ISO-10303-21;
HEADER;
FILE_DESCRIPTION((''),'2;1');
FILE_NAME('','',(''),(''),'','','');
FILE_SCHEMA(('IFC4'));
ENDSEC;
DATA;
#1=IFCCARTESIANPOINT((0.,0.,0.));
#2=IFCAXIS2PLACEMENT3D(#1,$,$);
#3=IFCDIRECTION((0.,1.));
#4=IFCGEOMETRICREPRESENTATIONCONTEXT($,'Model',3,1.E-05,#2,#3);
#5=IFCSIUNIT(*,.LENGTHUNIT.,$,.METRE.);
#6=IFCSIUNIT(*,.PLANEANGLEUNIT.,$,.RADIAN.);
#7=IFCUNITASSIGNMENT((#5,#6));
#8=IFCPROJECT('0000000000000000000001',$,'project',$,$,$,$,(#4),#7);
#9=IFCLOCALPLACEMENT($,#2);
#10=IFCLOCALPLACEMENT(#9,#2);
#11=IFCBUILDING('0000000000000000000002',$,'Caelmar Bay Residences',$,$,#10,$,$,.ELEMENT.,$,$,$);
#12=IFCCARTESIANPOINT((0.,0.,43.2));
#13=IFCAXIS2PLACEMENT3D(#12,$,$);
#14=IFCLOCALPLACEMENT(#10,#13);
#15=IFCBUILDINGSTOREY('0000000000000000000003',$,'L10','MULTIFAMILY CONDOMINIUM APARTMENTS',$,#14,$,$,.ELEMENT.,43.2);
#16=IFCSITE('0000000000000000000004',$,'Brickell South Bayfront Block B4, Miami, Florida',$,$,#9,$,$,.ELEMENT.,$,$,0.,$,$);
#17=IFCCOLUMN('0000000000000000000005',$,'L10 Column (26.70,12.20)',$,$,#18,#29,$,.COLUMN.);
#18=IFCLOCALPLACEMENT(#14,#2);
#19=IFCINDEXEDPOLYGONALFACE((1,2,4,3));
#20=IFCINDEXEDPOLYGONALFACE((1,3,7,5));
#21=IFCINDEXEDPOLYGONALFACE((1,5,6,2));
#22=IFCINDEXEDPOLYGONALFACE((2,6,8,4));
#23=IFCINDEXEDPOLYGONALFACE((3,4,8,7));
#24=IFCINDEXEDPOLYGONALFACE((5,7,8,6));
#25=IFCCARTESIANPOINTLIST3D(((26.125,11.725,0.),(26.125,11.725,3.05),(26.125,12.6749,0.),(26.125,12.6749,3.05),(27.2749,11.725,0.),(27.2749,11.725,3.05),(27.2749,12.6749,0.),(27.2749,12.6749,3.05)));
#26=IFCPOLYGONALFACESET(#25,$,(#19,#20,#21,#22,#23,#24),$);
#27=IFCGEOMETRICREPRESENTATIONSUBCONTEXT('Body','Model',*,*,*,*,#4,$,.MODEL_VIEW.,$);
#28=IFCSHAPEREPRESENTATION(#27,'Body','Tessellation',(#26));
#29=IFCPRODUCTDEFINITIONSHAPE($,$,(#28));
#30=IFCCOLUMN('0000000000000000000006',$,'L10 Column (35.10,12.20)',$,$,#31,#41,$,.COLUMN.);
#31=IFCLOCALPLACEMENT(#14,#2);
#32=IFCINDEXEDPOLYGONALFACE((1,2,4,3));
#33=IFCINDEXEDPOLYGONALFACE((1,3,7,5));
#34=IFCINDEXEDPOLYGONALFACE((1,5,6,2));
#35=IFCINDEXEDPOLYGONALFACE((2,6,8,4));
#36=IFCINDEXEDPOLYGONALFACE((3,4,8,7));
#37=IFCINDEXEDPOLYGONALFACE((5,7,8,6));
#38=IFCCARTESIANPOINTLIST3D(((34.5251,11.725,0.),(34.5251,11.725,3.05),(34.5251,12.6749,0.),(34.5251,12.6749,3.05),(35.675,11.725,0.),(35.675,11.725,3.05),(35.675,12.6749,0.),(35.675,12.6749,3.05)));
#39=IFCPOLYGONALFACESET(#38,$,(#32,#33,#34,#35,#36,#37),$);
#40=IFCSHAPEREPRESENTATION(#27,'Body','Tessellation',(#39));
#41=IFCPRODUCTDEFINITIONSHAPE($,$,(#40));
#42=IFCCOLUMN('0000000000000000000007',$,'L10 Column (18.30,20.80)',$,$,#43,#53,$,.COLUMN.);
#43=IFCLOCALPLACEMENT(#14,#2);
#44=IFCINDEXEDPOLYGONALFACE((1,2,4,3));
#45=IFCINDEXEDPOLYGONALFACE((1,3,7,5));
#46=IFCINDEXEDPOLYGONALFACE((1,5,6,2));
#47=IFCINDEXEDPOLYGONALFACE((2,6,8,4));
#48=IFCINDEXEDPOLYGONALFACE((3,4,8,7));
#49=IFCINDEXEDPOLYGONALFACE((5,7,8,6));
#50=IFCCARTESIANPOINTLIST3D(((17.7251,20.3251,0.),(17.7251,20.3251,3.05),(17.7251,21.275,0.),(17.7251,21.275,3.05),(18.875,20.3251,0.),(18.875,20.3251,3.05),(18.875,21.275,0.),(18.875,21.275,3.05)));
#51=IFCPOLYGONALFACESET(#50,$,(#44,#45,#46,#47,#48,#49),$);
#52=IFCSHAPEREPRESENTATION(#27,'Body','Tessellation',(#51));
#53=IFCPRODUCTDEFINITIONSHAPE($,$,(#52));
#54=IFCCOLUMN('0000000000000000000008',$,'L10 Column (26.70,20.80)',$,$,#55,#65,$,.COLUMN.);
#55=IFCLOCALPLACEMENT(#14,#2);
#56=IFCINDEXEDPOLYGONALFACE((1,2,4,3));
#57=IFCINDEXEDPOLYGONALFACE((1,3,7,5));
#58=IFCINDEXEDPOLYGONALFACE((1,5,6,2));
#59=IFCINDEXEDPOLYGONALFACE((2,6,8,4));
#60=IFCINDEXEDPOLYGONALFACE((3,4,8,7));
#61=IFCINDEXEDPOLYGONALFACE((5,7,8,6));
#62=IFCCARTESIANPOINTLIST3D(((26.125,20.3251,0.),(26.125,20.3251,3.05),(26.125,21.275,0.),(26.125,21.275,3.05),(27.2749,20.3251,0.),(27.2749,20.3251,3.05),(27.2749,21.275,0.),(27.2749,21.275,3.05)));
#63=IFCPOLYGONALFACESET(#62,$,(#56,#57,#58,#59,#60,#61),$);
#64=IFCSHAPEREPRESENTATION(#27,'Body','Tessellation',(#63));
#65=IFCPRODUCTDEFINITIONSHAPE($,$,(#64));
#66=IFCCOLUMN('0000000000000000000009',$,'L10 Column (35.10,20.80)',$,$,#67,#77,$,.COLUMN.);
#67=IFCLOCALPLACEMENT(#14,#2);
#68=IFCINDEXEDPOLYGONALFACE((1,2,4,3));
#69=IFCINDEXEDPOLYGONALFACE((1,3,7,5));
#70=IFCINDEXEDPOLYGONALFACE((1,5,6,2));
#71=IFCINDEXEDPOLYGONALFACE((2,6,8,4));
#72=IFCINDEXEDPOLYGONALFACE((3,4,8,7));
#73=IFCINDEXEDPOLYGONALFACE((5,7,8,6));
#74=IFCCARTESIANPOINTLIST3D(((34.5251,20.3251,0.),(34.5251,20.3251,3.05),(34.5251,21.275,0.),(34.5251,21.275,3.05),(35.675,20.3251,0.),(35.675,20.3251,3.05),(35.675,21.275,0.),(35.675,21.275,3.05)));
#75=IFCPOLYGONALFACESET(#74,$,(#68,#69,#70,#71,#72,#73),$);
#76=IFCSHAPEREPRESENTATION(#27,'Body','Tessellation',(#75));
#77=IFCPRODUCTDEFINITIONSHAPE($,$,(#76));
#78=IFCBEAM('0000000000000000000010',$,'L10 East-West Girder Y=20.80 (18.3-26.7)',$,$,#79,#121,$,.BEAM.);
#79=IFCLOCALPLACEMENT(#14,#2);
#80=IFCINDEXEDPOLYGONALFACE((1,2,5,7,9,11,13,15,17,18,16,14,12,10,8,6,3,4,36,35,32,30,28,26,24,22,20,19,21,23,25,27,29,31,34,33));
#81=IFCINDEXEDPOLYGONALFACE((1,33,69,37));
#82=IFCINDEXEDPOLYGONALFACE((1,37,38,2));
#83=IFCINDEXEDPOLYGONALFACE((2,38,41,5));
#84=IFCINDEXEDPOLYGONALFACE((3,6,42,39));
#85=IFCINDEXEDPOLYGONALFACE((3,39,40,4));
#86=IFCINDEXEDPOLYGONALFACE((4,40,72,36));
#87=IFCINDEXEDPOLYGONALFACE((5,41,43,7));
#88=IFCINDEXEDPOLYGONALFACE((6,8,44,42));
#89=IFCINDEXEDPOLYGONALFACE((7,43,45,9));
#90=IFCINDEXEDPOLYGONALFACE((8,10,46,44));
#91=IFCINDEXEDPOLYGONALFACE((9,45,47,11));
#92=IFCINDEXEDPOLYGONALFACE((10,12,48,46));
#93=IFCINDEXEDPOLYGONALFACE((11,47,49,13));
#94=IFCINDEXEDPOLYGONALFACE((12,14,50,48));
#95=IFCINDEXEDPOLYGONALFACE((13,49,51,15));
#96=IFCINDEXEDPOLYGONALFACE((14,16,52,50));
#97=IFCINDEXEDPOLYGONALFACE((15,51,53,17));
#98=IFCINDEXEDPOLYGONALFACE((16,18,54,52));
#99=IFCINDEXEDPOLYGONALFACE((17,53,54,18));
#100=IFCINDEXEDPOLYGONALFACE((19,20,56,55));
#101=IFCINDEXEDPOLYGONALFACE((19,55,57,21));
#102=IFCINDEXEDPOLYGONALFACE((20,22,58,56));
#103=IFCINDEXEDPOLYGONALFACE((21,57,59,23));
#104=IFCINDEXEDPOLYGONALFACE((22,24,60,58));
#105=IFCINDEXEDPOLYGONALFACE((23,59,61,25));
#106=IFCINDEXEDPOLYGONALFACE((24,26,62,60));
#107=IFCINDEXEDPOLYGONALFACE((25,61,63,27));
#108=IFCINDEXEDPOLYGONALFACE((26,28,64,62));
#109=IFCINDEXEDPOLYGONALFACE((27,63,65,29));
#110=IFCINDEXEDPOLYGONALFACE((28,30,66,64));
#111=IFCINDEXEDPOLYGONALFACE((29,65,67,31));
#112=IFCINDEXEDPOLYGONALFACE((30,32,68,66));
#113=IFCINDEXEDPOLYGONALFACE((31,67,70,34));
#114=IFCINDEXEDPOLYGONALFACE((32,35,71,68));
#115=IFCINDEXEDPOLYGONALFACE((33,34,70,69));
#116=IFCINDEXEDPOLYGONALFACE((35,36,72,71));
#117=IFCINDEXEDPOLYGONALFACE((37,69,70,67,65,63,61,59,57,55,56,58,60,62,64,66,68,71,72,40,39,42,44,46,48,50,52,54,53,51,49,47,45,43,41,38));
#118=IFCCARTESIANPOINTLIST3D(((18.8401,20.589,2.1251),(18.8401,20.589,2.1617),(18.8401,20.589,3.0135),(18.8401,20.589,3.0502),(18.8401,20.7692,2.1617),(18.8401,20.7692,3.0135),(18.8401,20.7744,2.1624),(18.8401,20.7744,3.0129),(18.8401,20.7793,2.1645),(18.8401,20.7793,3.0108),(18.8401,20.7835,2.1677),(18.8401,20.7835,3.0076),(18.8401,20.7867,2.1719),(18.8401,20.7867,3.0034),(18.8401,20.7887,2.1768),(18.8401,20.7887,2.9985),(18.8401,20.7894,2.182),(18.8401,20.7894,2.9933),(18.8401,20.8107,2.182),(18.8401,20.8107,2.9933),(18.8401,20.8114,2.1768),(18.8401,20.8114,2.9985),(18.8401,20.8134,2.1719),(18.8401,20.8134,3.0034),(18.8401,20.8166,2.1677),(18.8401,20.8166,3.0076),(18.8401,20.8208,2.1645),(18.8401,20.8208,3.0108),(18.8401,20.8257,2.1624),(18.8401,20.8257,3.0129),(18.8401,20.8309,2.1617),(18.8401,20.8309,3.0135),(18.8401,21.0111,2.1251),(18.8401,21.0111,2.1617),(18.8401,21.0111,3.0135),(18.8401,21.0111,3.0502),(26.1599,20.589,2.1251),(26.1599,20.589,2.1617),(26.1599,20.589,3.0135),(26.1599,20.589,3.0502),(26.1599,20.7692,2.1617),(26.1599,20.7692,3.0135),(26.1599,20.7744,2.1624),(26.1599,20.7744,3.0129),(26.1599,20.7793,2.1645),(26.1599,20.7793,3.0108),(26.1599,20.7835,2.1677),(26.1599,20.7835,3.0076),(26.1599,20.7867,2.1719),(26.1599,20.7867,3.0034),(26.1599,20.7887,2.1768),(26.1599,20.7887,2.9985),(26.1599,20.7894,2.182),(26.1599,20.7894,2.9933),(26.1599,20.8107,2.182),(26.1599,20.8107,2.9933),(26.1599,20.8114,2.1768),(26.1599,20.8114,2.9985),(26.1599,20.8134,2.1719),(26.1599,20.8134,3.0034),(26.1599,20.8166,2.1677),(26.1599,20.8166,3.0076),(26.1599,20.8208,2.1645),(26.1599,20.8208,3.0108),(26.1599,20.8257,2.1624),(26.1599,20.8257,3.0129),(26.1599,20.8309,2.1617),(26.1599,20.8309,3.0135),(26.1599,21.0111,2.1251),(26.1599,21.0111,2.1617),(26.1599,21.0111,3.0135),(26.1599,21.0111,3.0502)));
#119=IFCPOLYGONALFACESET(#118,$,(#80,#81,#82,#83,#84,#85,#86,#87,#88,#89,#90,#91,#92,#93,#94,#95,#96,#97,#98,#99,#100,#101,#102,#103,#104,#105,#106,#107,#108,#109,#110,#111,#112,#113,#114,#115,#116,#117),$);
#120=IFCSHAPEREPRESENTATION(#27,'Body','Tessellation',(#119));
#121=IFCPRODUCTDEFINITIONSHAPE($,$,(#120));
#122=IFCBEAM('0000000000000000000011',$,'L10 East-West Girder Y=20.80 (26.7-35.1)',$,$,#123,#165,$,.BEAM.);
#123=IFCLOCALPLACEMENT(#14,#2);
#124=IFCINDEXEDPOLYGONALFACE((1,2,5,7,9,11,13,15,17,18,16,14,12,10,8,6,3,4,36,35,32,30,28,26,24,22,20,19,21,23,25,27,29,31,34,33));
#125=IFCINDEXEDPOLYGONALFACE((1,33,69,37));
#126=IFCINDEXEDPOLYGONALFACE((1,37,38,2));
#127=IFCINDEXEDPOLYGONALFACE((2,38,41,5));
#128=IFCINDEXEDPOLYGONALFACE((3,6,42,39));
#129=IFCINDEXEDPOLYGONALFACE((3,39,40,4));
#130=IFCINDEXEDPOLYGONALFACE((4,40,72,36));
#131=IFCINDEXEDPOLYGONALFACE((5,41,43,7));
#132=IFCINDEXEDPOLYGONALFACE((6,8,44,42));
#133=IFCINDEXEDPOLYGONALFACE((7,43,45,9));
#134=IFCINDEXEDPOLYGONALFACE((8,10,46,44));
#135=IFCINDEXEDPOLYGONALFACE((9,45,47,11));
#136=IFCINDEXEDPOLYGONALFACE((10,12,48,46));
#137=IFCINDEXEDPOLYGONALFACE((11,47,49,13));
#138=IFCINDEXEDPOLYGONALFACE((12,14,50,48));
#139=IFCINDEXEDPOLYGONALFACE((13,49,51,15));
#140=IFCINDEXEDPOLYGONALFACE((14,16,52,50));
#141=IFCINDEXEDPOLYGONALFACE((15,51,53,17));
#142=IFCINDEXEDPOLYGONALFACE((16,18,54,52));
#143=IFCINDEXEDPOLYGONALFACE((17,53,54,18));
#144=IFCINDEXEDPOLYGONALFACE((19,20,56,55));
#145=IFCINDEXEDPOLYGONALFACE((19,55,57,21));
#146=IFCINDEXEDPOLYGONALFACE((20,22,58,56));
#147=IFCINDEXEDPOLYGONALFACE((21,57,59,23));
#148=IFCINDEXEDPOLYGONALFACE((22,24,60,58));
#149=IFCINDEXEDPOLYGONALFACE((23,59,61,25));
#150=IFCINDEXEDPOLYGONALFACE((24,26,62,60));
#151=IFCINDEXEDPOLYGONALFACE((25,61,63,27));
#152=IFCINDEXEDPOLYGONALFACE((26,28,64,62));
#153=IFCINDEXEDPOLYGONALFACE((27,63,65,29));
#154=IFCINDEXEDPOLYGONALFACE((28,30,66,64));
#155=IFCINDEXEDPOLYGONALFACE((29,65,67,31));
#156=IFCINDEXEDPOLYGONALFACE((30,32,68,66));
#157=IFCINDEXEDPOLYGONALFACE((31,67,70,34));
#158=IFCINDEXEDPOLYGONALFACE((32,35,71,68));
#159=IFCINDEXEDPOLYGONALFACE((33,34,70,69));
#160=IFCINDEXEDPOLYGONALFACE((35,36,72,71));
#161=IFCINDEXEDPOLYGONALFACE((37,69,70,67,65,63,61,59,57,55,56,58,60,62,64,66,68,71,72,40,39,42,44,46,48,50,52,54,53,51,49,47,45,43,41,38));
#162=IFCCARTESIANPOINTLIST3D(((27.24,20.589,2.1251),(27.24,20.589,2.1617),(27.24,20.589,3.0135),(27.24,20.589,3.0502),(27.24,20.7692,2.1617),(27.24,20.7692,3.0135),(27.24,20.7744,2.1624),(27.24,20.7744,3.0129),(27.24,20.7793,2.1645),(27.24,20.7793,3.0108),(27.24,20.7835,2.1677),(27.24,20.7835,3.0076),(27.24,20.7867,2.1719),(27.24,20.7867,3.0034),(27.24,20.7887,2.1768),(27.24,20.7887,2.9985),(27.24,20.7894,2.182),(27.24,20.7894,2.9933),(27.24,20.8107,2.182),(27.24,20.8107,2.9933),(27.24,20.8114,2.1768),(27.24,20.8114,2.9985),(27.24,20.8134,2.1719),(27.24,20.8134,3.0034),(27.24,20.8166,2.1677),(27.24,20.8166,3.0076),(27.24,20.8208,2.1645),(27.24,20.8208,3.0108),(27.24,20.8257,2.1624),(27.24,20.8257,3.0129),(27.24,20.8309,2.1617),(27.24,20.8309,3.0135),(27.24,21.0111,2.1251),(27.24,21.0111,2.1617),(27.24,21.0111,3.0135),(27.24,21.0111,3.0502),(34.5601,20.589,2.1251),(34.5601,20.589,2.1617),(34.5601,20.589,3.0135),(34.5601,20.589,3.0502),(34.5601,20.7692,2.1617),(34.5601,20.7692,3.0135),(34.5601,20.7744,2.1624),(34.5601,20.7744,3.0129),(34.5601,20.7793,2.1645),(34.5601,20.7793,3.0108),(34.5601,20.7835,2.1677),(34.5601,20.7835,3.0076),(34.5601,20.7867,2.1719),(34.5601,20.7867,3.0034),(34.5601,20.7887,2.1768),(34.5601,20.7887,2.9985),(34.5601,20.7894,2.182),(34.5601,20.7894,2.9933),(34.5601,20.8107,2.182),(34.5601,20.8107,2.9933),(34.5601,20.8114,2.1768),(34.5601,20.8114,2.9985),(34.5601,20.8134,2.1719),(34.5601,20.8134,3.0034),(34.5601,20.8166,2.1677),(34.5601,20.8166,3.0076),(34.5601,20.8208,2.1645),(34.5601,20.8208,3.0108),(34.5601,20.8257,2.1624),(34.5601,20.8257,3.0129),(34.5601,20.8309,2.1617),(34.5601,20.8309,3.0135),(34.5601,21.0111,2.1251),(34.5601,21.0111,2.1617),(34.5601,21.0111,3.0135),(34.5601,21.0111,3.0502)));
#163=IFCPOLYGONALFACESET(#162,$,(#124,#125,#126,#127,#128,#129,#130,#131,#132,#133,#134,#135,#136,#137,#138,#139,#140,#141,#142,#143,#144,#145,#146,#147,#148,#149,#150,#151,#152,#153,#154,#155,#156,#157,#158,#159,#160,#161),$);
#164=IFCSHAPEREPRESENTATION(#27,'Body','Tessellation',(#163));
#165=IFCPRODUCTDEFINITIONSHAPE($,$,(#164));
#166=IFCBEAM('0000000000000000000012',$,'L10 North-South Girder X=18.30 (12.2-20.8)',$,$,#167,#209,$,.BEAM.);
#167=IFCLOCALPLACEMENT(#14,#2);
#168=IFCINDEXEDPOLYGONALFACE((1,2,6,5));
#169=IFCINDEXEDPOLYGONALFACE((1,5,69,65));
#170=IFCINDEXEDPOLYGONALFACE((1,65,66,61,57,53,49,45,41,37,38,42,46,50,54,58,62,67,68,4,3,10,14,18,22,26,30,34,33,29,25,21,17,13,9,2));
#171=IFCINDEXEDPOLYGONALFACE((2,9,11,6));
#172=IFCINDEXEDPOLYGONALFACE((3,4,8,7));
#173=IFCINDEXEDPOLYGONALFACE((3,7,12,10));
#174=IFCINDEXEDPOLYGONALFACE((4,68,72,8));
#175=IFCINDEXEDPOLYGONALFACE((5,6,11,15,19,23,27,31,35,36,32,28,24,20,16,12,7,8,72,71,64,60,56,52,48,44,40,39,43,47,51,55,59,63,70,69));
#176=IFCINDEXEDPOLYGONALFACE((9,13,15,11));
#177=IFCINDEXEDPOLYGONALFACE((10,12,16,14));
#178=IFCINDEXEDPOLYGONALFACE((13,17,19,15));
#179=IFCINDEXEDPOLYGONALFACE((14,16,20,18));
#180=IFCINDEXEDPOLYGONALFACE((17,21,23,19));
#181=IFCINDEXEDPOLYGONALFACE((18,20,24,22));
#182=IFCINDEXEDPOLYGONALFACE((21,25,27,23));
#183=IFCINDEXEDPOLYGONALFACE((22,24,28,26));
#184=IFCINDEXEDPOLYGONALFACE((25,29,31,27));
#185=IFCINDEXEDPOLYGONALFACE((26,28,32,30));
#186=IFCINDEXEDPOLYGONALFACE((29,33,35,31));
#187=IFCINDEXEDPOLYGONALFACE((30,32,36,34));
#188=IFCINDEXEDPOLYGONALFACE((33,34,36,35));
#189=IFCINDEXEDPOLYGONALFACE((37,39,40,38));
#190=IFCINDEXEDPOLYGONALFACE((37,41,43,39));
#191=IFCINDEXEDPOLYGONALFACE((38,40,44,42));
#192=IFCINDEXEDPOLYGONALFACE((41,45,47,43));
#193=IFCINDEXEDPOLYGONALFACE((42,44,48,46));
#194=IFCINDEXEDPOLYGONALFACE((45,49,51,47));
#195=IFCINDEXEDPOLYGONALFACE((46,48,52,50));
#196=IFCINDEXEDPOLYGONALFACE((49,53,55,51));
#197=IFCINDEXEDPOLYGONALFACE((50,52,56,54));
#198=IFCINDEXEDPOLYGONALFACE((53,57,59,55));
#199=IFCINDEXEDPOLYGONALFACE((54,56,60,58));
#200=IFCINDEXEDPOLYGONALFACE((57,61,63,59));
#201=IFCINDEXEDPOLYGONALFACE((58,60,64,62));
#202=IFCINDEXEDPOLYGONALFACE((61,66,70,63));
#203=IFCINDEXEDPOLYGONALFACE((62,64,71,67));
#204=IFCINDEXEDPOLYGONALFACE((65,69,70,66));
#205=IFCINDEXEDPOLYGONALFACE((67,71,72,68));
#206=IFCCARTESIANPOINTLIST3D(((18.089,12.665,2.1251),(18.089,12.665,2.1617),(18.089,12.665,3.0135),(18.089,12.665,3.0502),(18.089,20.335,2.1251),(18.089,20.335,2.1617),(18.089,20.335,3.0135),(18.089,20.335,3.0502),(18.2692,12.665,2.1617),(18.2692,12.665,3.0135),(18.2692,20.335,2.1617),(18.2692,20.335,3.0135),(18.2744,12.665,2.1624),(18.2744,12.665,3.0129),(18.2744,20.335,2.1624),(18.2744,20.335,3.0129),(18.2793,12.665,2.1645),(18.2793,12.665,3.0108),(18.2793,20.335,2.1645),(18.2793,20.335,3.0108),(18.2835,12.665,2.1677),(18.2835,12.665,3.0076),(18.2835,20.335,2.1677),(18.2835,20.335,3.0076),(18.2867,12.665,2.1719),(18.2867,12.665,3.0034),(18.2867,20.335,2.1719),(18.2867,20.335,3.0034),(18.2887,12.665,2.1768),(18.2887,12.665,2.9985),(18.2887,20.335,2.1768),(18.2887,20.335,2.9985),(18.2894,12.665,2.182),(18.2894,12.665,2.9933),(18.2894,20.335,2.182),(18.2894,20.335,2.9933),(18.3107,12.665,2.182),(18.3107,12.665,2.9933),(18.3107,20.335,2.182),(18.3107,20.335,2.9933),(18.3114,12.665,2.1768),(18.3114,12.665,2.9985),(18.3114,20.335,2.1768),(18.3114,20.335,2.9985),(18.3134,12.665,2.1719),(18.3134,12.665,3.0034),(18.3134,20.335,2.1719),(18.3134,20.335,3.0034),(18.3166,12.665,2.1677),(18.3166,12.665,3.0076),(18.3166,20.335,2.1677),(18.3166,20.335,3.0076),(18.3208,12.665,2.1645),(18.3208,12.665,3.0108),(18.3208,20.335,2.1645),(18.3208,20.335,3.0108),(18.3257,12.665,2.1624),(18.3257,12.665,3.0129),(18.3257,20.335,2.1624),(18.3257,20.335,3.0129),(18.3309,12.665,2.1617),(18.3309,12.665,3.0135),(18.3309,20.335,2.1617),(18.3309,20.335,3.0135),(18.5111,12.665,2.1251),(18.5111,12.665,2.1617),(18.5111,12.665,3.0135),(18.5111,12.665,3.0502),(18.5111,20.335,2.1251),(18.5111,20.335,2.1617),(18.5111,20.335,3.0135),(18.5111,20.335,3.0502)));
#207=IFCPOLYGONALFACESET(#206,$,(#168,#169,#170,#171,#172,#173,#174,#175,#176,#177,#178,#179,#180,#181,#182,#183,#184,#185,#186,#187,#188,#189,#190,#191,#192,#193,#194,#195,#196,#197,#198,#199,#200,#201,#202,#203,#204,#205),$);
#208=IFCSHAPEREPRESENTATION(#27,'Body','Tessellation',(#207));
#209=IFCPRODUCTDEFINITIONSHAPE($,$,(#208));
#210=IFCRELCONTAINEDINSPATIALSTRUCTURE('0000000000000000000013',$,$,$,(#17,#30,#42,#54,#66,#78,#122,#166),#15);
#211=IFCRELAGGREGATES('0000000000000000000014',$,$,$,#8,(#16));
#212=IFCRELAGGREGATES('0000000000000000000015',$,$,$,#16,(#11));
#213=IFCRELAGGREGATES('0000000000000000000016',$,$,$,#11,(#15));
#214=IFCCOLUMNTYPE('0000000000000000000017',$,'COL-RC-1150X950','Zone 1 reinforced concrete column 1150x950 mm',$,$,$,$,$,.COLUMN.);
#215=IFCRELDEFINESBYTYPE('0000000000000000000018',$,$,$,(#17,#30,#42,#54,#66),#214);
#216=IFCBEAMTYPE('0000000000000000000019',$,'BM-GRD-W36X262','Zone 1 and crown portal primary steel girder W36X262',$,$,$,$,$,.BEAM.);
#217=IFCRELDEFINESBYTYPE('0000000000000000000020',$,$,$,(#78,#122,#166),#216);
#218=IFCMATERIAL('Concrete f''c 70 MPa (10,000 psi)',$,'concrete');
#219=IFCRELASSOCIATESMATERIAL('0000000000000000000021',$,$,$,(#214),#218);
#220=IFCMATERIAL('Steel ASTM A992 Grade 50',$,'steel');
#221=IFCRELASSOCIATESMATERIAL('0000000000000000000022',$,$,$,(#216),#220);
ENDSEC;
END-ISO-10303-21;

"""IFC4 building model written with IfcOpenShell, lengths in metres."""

from ifc_helpers import new_model, si_unit, direction, frame, origin, origin_2d, place, context, subcontext, project, spatial, rectangle, i_section, extrude, material, material_profile, profile_set, type_object, element, save


model = new_model("IFC4")

# Units and contexts
model_context = context("Model", 3, precision=1e-05, world=origin(), true_north=direction((0.0, 1.0)))
body_context = subcontext(model_context, "Body", "Model", "MODEL_VIEW")
ifc_project = project(units=[si_unit("LENGTHUNIT", "METRE"), si_unit("PLANEANGLEUNIT", "RADIAN")], contexts=[model_context])

# Site, building, storey
site_placement = place(None, origin())
site = spatial("IfcSite", under=ifc_project, at=site_placement, Name="Brickell South Bayfront Block B4, Miami, Florida", CompositionType="ELEMENT", RefElevation=0.0)
building_placement = place(site_placement, origin())
building = spatial("IfcBuilding", under=site, at=building_placement, Name="Caelmar Bay Residences", CompositionType="ELEMENT")
storey_placement = place(building_placement, frame((0.0, 0.0, 43.2)))
storey = spatial("IfcBuildingStorey", under=building, at=storey_placement, Name="L10", Description="MULTIFAMILY CONDOMINIUM APARTMENTS", CompositionType="ELEMENT", Elevation=43.2)

# Columns
ifc_material_1 = material(Name="Concrete f'c 70 MPa (10,000 psi)", Category="concrete")
ifc_material_profile_1 = material_profile(ifc_material_1, rectangle(XDim=1.1499, YDim=0.95, at=origin_2d()), Name="RC-COL-1150X950")
ifc_profile_set_1 = profile_set([ifc_material_profile_1], Name="Concrete f'c 70 MPa (10,000 psi)")
column_type = type_object("IfcColumnType", Name="COL-RC-1150X950", Description="Zone 1 reinforced concrete column 1150x950 mm", PredefinedType="COLUMN", material=ifc_profile_set_1)
for number, where, z_axis, x_axis, name in (
    (1, (26.7, 12.2, 0.0), (0.0, 0.0, 1.0), (1.0, 0.0, 0.0), "L10 Column (26.70,12.20)"),
    (2, (35.1001, 12.2, 0.0), (0.0, 0.0, 1.0), (1.0, 0.0, 0.0), "L10 Column (35.10,12.20)"),
    (3, (18.3, 20.8, 0.0), (0.0, 0.0, 1.0), (1.0, 0.0, 0.0), "L10 Column (18.30,20.80)"),
    (4, (26.7, 20.8, 0.0), (0.0, 0.0, 1.0), (1.0, 0.0, 0.0), "L10 Column (26.70,20.80)"),
    (5, (35.1001, 20.8, 0.0), (0.0, 0.0, 1.0), (1.0, 0.0, 0.0), "L10 Column (35.10,20.80)"),
):
    element("IfcColumn", number, at=place(storey_placement, frame(where, z_axis=z_axis, x_axis=x_axis)), inside=storey, type_object=column_type, Name=name, PredefinedType="COLUMN", context=body_context, shape_type="SweptSolid", body=[
        extrude(rectangle(XDim=1.1499, YDim=0.95, at=origin_2d()), origin(), (0.0, 0.0, 1.0), 3.05),
    ])

# Beams
ifc_material_2 = material(Name="Steel ASTM A992 Grade 50", Category="steel")
ifc_material_profile_2 = material_profile(ifc_material_2, i_section(OverallWidth=0.4221, OverallDepth=0.925, WebThickness=0.0212, FlangeThickness=0.0366, FilletRadius=0.0203, at=origin_2d()), Name="W36X262")
ifc_profile_set_2 = profile_set([ifc_material_profile_2], Name="Steel ASTM A992 Grade 50")
beam_type_1 = type_object("IfcBeamType", Name="BM-GRD-W36X262", Description="Zone 1 and crown portal primary steel girder W36X262", PredefinedType="BEAM", material=ifc_profile_set_2)
beam_1_placement = place(storey_placement, frame((18.8401, 20.8, 2.5876), z_axis=(1.0, 0.0, 0.0), x_axis=(0.0, 1.0, 0.0)))
element("IfcBeam", 6, at=beam_1_placement, inside=storey, type_object=beam_type_1, Name="L10 East-West Girder Y=20.80 (18.3-26.7)", PredefinedType="BEAM", context=body_context, shape_type="SweptSolid", body=[
    extrude(i_section(OverallWidth=0.4221, OverallDepth=0.925, WebThickness=0.0212, FlangeThickness=0.0366, FilletRadius=0.0203, at=origin_2d()), origin(), (0.0, 0.0, 1.0), 7.3198),
])
beam_2_placement = place(storey_placement, frame((27.24, 20.8, 2.5876), z_axis=(1.0, 0.0, 0.0), x_axis=(0.0, 1.0, 0.0)))
element("IfcBeam", 7, at=beam_2_placement, inside=storey, type_object=beam_type_1, Name="L10 East-West Girder Y=20.80 (26.7-35.1)", PredefinedType="BEAM", context=body_context, shape_type="SweptSolid", body=[
    extrude(i_section(OverallWidth=0.4221, OverallDepth=0.925, WebThickness=0.0212, FlangeThickness=0.0366, FilletRadius=0.0203, at=origin_2d()), origin(), (0.0, 0.0, 1.0), 7.3201),
])
beam_3_placement = place(storey_placement, frame((18.3, 12.665, 2.5876), z_axis=(0.0, 1.0, 0.0), x_axis=(-1.0, 0.0, 0.0)))
element("IfcBeam", 8, at=beam_3_placement, inside=storey, type_object=beam_type_1, Name="L10 North-South Girder X=18.30 (12.2-20.8)", PredefinedType="BEAM", context=body_context, shape_type="SweptSolid", body=[
    extrude(i_section(OverallWidth=0.4221, OverallDepth=0.925, WebThickness=0.0212, FlangeThickness=0.0366, FilletRadius=0.0203, at=origin_2d()), origin(), (0.0, 0.0, 1.0), 7.6699),
])

save(model, "model.ifc")
